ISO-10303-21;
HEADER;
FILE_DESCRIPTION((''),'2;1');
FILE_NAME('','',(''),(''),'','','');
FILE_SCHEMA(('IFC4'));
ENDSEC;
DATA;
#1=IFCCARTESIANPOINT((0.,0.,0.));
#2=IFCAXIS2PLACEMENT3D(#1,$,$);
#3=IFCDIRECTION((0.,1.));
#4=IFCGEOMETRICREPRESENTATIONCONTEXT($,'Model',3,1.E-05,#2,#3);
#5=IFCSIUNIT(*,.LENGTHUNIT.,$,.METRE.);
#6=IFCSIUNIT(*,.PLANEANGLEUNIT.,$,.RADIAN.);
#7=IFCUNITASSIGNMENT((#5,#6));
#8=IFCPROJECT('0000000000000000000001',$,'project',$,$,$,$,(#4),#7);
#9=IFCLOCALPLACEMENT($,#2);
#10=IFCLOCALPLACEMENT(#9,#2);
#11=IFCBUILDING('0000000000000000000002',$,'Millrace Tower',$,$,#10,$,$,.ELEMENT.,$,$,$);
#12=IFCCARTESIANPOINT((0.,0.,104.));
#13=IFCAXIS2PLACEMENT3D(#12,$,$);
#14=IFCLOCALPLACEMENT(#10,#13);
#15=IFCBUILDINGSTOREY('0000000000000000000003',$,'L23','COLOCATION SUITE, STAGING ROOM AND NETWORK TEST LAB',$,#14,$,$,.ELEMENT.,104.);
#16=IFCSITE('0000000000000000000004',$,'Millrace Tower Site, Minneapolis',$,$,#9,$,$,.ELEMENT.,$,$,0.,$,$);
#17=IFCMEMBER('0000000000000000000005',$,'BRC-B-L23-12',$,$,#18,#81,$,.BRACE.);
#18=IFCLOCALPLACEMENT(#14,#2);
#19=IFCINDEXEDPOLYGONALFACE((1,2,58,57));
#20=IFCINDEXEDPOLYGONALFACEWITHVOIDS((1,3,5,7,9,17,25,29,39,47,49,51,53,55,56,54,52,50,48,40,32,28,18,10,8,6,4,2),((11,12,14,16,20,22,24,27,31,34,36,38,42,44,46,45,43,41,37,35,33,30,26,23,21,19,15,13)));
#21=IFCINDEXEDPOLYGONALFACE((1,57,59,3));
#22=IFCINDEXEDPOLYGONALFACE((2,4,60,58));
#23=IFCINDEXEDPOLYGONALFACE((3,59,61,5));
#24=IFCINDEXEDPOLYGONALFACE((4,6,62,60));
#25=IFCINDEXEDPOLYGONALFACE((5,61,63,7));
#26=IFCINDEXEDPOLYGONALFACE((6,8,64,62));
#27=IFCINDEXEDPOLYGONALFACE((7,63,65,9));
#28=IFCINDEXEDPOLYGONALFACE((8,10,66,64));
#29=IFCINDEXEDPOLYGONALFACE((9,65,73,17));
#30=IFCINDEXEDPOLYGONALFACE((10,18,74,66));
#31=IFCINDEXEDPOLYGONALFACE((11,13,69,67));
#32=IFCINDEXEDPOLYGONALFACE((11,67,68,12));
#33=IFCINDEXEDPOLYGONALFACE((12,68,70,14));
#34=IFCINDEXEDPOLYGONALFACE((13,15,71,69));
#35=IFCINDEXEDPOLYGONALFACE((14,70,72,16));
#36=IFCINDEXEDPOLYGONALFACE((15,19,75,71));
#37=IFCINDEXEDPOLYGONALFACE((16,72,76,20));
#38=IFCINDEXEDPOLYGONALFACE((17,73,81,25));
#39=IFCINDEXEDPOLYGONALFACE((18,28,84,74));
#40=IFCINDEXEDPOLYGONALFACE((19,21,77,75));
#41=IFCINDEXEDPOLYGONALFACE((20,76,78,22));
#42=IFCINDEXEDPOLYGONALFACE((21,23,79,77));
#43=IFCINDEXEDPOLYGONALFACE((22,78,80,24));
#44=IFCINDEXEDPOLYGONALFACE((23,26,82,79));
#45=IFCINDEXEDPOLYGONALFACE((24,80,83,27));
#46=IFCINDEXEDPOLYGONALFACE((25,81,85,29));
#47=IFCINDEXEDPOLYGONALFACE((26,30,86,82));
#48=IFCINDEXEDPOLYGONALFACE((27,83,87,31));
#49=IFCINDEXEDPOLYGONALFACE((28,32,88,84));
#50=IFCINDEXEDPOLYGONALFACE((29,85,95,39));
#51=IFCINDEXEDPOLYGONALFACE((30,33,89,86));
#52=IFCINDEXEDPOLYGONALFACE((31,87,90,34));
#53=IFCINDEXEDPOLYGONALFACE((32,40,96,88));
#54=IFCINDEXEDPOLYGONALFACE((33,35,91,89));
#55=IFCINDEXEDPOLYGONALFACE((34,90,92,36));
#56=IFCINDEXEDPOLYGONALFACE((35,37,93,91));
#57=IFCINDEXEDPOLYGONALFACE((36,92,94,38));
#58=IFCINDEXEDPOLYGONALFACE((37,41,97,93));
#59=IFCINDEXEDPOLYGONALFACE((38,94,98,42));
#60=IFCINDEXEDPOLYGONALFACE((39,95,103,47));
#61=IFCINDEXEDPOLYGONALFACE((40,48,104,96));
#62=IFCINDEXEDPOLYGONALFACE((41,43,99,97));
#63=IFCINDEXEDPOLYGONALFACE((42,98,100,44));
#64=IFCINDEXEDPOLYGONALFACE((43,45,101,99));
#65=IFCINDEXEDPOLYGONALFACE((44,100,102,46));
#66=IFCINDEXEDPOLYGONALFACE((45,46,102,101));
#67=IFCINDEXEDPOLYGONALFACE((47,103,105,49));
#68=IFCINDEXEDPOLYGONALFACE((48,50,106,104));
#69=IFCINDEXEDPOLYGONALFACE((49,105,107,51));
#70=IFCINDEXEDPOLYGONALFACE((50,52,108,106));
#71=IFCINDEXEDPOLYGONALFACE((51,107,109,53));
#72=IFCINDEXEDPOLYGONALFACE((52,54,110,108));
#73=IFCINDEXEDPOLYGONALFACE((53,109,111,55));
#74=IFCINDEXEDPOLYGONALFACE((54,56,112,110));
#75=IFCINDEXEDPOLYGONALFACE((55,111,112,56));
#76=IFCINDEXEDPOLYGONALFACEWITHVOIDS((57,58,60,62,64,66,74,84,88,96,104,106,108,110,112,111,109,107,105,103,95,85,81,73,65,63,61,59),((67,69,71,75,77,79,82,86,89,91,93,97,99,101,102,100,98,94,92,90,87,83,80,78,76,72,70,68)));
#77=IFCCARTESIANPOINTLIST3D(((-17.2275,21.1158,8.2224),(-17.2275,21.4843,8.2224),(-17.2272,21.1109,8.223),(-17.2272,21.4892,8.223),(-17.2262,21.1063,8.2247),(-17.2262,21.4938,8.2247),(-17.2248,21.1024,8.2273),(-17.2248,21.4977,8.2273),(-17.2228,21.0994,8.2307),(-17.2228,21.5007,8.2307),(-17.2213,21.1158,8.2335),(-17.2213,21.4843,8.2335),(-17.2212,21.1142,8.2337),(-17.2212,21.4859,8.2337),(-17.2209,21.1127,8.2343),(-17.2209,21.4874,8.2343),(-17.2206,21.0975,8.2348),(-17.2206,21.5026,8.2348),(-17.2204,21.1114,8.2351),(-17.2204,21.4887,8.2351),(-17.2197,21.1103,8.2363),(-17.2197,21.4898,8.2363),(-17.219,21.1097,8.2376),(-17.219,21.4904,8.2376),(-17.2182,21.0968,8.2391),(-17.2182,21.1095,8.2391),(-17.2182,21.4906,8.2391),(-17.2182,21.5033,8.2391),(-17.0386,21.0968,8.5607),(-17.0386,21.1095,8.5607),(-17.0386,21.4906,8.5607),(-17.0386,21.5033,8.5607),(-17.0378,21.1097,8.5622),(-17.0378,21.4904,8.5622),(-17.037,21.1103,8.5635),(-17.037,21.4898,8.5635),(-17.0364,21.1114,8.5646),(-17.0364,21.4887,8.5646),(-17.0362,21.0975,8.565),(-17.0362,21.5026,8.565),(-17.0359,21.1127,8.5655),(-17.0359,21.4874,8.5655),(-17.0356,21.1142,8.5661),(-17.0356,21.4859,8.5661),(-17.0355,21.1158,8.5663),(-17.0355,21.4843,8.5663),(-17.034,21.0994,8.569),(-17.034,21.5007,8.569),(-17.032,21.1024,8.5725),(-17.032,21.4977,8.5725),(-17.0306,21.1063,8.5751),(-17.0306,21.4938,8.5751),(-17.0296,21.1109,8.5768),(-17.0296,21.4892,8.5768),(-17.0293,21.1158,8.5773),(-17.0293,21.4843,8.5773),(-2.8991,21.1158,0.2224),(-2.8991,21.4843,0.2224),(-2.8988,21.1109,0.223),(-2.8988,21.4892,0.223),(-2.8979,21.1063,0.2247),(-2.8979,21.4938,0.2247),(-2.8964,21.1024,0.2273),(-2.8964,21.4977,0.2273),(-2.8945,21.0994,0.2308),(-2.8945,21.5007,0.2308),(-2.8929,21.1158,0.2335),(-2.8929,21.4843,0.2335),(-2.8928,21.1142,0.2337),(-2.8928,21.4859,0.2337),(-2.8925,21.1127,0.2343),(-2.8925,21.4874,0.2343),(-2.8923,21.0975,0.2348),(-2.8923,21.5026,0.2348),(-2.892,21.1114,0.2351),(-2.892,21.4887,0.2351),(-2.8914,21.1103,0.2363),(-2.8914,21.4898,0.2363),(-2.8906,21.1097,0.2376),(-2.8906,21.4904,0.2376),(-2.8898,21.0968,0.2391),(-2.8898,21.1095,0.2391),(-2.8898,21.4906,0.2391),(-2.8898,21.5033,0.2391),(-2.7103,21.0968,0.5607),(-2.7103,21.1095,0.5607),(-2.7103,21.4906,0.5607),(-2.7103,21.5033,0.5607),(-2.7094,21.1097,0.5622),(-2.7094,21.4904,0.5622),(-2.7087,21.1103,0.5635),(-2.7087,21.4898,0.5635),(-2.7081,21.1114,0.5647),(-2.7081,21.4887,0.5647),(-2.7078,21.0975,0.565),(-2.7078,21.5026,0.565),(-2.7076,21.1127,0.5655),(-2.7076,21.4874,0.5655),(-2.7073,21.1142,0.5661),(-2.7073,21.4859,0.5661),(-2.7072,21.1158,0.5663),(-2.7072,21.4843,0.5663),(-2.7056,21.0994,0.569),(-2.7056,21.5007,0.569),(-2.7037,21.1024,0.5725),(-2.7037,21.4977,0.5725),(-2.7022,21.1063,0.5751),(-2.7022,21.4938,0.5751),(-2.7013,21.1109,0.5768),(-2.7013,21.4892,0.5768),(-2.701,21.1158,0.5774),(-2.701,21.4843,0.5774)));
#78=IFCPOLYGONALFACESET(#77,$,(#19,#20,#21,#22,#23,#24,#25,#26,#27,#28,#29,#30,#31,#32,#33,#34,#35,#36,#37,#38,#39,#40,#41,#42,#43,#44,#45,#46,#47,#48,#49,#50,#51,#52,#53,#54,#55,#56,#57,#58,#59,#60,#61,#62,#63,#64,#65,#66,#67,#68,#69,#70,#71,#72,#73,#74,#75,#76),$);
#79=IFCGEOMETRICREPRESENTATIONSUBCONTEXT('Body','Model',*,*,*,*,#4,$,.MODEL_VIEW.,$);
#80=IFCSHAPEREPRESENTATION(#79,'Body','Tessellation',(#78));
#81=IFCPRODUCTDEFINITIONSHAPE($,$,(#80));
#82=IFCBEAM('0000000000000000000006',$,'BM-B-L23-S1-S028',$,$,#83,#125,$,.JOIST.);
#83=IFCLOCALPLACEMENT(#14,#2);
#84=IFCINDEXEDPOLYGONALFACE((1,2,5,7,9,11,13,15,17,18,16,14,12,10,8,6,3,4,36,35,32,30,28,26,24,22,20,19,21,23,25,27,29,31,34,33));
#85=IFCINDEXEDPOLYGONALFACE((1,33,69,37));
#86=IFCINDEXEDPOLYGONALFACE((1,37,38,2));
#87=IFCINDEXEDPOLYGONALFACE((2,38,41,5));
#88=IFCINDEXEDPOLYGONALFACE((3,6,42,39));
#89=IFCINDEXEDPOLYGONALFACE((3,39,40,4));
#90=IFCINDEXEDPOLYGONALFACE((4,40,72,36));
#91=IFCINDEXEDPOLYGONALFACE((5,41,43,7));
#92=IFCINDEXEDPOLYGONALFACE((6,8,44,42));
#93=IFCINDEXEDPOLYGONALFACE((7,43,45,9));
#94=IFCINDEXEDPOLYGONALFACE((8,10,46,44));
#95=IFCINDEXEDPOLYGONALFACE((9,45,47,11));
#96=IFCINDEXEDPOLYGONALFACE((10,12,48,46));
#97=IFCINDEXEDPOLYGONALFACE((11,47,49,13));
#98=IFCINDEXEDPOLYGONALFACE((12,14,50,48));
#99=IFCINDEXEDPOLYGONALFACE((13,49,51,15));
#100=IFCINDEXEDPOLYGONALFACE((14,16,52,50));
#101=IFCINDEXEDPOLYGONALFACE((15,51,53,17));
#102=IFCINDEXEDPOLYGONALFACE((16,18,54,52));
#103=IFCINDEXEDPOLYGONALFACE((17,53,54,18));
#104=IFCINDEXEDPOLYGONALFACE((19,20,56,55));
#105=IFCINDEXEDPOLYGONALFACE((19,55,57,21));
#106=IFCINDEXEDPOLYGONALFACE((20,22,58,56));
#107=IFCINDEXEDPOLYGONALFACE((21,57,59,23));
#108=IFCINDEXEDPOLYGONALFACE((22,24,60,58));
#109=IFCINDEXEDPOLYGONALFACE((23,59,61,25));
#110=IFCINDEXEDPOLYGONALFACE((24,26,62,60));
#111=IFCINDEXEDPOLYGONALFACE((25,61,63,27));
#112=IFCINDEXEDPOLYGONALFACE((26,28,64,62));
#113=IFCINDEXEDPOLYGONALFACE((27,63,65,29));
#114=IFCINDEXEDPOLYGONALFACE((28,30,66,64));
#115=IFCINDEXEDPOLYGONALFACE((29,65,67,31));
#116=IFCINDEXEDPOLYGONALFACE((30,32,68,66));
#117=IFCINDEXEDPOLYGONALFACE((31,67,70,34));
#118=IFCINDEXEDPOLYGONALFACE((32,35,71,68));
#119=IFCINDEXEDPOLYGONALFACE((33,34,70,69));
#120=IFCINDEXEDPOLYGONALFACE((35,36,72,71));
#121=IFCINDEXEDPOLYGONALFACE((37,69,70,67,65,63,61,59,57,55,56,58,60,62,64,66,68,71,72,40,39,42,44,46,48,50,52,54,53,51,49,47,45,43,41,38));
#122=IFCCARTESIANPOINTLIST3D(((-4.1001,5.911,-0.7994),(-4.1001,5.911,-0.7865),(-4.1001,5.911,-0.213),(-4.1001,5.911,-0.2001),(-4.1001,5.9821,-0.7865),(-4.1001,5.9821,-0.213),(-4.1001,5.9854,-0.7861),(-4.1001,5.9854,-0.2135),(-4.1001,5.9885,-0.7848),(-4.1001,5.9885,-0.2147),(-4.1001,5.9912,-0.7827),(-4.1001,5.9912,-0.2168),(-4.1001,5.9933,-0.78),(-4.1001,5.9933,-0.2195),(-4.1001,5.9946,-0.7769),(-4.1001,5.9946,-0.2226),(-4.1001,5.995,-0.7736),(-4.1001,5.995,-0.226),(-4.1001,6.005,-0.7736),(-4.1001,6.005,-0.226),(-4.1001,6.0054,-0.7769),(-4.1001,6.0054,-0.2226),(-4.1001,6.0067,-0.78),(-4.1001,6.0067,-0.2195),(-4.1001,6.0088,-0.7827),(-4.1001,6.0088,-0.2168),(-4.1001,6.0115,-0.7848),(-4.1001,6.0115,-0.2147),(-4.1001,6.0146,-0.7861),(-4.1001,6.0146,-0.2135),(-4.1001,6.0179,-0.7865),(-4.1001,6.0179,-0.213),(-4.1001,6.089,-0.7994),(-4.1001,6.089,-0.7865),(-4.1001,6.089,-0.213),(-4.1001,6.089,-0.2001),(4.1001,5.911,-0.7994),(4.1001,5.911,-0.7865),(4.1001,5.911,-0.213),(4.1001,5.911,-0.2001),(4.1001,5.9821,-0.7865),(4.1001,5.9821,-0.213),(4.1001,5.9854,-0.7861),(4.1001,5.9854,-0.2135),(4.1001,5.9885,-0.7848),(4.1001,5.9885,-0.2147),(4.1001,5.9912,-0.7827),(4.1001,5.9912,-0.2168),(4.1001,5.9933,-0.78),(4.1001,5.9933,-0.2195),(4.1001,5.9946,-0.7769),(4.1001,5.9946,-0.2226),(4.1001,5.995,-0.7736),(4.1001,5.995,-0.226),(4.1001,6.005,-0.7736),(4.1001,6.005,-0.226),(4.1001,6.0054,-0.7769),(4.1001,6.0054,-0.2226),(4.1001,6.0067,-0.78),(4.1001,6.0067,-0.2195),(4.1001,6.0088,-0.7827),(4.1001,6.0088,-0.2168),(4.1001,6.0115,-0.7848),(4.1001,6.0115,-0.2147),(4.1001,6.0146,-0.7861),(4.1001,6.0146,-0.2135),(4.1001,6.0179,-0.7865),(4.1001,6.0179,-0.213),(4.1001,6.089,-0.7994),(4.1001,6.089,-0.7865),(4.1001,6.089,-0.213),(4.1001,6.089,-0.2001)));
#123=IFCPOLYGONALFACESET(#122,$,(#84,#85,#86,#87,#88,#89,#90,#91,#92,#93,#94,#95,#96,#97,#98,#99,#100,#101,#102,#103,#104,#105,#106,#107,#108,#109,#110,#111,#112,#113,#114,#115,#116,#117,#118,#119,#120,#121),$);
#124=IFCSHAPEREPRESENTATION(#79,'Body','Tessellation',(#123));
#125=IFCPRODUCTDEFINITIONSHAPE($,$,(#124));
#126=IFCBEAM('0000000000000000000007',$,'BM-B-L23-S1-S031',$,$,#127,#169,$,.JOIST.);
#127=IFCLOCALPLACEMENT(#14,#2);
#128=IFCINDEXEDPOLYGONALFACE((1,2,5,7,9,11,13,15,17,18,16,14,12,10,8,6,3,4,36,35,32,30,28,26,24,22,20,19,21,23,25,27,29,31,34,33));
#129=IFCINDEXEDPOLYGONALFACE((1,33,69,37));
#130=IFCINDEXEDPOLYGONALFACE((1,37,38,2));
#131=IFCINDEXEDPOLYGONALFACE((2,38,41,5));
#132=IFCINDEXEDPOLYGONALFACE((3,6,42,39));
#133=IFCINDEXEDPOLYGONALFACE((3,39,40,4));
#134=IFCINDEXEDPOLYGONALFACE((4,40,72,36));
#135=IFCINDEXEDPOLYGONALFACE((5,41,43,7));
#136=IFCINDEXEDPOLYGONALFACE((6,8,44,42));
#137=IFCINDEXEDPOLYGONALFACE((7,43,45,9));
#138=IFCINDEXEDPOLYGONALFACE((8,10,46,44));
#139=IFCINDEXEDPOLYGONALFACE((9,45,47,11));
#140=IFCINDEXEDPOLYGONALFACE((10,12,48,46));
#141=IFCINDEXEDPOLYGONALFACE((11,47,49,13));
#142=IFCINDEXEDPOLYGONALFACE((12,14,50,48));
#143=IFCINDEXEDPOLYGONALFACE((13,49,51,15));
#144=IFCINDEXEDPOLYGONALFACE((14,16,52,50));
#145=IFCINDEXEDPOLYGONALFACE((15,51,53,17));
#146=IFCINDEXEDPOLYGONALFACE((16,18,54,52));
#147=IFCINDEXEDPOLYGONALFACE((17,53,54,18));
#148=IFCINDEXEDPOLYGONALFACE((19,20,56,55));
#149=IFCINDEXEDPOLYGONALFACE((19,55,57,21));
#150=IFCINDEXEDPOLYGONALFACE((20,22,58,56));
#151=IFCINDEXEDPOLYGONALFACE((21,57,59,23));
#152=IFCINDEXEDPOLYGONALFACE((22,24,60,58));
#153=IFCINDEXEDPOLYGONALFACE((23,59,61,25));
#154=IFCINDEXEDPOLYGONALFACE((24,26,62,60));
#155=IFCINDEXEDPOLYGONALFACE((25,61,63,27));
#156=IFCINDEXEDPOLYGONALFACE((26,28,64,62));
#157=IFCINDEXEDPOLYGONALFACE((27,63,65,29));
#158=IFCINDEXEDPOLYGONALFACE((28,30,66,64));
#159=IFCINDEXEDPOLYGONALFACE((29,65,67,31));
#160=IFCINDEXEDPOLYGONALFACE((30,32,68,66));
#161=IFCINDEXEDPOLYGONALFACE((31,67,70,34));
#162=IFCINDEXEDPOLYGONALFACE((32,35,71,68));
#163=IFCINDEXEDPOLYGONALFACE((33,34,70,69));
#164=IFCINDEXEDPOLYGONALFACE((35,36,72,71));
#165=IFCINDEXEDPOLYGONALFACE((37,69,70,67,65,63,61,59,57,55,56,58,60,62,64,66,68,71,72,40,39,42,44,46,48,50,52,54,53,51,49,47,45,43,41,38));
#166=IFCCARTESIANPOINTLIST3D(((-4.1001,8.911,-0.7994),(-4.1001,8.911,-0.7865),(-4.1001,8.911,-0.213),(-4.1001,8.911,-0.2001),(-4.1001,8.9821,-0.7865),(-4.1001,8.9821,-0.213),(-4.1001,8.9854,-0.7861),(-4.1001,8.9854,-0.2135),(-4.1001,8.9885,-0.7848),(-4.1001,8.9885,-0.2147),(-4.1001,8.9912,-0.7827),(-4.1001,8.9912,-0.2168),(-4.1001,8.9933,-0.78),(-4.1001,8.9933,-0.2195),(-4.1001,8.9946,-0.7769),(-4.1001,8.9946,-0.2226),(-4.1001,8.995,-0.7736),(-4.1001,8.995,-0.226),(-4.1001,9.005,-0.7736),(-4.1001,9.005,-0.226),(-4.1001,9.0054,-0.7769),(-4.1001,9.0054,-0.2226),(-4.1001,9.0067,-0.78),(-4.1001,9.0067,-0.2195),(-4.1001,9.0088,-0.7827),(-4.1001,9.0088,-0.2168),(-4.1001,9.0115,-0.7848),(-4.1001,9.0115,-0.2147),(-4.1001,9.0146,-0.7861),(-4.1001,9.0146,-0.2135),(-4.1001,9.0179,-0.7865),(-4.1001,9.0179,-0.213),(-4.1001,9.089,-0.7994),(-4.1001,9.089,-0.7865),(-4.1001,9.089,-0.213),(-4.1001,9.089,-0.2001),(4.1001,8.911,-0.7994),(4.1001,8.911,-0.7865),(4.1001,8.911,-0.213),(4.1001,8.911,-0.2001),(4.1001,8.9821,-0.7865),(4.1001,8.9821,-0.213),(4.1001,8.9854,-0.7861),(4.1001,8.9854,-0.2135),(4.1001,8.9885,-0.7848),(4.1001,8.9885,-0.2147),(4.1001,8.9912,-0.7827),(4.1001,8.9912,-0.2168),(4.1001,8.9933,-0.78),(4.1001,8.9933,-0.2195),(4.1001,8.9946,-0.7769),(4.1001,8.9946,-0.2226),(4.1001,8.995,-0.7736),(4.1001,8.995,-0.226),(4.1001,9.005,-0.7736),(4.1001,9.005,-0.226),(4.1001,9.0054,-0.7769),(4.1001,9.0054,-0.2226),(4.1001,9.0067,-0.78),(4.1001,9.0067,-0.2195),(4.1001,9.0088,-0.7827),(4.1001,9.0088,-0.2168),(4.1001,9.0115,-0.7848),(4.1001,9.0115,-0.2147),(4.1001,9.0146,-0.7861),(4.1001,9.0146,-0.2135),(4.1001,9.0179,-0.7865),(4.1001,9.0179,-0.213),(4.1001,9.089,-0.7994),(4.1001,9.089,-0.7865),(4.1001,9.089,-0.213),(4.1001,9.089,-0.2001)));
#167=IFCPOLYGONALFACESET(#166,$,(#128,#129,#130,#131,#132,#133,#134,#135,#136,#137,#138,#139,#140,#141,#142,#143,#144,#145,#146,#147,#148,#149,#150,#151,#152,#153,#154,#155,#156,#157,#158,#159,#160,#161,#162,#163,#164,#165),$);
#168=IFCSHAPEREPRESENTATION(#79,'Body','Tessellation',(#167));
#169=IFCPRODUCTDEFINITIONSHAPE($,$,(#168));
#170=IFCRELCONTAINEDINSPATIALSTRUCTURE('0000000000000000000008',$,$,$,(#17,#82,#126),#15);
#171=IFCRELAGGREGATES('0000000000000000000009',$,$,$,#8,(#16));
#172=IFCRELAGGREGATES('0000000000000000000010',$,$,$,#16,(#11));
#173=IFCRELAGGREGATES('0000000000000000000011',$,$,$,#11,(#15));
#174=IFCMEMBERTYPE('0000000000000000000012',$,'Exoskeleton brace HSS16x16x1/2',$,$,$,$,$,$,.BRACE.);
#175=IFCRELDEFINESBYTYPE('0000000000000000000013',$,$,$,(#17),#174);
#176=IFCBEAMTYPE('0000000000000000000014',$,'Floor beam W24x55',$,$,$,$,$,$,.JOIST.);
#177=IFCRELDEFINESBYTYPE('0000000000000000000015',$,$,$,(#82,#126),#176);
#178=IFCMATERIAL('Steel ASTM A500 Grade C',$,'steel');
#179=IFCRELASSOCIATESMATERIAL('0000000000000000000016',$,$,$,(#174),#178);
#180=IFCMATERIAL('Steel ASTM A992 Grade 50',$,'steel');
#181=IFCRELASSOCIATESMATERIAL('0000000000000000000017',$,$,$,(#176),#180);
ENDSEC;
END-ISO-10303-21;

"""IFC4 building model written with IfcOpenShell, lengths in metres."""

from ifc_helpers import new_model, si_unit, direction, frame, origin, origin_2d, place, context, subcontext, project, spatial, hollow_rectangle, i_section, extrude, material, material_profile, profile_set, type_object, element, save


model = new_model("IFC4")

# Units and contexts
model_context = context("Model", 3, precision=1e-05, world=origin(), true_north=direction((0.0, 1.0)))
body_context = subcontext(model_context, "Body", "Model", "MODEL_VIEW")
ifc_project = project(units=[si_unit("LENGTHUNIT", "METRE"), si_unit("PLANEANGLEUNIT", "RADIAN")], contexts=[model_context])

# Site, building, storey
site_placement = place(None, origin())
site = spatial("IfcSite", under=ifc_project, at=site_placement, Name="Millrace Tower Site, Minneapolis", CompositionType="ELEMENT", RefElevation=0.0)
building_placement = place(site_placement, origin())
building = spatial("IfcBuilding", under=site, at=building_placement, Name="Millrace Tower", CompositionType="ELEMENT")
storey_placement = place(building_placement, frame((0.0, 0.0, 104.0)))
storey = spatial("IfcBuildingStorey", under=building, at=storey_placement, Name="L23", Description="COLOCATION SUITE, STAGING ROOM AND NETWORK TEST LAB", CompositionType="ELEMENT", Elevation=104.0)

# Member
ifc_material_1 = material(Name="Steel ASTM A500 Grade C", Category="steel")
ifc_material_profile_1 = material_profile(ifc_material_1, hollow_rectangle(XDim=0.4065, YDim=0.4065, WallThickness=0.0127, InnerFilletRadius=0.0063, OuterFilletRadius=0.019, at=origin_2d()))
ifc_profile_set_1 = profile_set([ifc_material_profile_1], Name="Steel ASTM A500 Grade C")
member_type_1 = type_object("IfcMemberType", Name="Exoskeleton brace HSS16x16x1/2", PredefinedType="BRACE", material=ifc_profile_set_1)
member_1_placement = place(storey_placement, frame((-2.8, 21.3, 0.3999), z_axis=(-0.873126, 0.0, 0.487495), x_axis=(0.0, -1.0, 0.0)))
element("IfcMember", 1, at=member_1_placement, inside=storey, type_object=member_type_1, Name="BRC-B-L23-12", PredefinedType="BRACE", context=body_context, shape_type="SweptSolid", body=[
    extrude(hollow_rectangle(XDim=0.4065, YDim=0.4065, WallThickness=0.0127, InnerFilletRadius=0.0063, OuterFilletRadius=0.019, at=origin_2d()), origin(), (0.0, 0.0, 1.0), 16.4104),
])

# Beams
ifc_material_2 = material(Name="Steel ASTM A992 Grade 50", Category="steel")
ifc_material_profile_2 = material_profile(ifc_material_2, i_section(OverallWidth=0.178, OverallDepth=0.5994, WebThickness=0.01, FlangeThickness=0.0129, FilletRadius=0.0129, at=origin_2d()))
ifc_profile_set_2 = profile_set([ifc_material_profile_2], Name="Steel ASTM A992 Grade 50")
beam_type_1 = type_object("IfcBeamType", Name="Floor beam W24x55", PredefinedType="JOIST", material=ifc_profile_set_2)
for number, where, z_axis, x_axis, name in (
    (2, (-4.1001, 6.0, -0.4998), (1.0, 0.0, 0.0), (0.0, 1.0, 0.0), "BM-B-L23-S1-S028"),
    (3, (-4.1001, 9.0, -0.4998), (1.0, 0.0, 0.0), (0.0, 1.0, 0.0), "BM-B-L23-S1-S031"),
):
    element("IfcBeam", number, at=place(storey_placement, frame(where, z_axis=z_axis, x_axis=x_axis)), inside=storey, type_object=beam_type_1, Name=name, PredefinedType="JOIST", context=body_context, shape_type="SweptSolid", body=[
        extrude(i_section(OverallWidth=0.178, OverallDepth=0.5994, WebThickness=0.01, FlangeThickness=0.0129, FilletRadius=0.0129, at=origin_2d()), origin(), (0.0, 0.0, 1.0), 8.2002),
    ])

save(model, "model.ifc")
